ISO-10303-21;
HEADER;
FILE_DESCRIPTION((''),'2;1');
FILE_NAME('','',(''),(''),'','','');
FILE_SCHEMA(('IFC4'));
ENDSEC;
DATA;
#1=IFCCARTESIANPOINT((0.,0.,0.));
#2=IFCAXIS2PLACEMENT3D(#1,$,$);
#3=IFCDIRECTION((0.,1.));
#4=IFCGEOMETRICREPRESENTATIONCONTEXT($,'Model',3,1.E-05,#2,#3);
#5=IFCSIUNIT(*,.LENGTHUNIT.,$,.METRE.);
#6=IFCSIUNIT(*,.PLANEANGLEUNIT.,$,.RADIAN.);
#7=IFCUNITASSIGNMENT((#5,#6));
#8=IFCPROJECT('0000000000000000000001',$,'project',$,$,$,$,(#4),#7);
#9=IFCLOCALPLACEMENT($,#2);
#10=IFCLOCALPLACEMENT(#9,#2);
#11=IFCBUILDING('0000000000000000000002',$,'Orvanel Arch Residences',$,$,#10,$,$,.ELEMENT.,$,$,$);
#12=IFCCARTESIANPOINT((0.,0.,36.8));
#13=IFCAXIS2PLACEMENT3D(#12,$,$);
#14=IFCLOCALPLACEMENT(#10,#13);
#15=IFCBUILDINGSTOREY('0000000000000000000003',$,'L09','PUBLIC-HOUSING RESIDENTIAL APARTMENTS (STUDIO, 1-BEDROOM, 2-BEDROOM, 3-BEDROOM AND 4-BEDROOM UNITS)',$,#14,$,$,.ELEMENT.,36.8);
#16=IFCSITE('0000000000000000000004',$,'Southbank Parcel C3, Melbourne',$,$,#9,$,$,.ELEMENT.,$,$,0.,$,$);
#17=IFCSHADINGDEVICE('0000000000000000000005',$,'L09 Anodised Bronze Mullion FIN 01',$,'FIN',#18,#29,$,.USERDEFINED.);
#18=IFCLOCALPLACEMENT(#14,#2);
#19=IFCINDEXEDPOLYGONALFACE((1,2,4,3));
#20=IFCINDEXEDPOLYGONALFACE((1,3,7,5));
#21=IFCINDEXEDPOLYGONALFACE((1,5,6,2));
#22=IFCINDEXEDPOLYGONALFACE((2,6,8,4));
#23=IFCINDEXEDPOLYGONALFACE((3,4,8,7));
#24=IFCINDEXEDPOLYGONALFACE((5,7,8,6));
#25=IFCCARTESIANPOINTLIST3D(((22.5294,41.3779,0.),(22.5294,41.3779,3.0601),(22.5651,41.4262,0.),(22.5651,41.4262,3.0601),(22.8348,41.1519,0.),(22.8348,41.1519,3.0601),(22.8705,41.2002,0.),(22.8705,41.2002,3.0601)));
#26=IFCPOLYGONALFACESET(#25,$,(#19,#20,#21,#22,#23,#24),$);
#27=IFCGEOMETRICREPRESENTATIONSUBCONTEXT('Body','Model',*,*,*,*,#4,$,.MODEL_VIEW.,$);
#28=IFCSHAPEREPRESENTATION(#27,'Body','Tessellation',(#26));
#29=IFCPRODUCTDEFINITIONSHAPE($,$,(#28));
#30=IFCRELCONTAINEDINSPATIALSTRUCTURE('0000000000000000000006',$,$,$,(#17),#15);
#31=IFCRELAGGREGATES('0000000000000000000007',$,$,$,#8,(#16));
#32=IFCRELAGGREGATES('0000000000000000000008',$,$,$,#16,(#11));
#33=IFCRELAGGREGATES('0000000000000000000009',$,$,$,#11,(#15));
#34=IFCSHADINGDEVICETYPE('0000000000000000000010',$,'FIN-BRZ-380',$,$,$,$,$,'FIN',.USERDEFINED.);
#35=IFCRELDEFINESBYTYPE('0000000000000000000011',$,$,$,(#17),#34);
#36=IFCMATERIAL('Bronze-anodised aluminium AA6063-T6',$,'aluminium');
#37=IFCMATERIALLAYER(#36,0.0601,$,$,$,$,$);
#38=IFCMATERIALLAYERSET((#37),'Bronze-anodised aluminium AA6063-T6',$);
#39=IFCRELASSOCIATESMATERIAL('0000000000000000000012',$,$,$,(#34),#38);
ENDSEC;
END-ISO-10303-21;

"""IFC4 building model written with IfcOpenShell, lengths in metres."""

from ifc_helpers import new_model, si_unit, direction, frame, origin, origin_2d, place, context, subcontext, project, spatial, rectangle, extrude, material, layer, layer_set, type_object, element, save


model = new_model("IFC4")

# Units and contexts
model_context = context("Model", 3, precision=1e-05, world=origin(), true_north=direction((0.0, 1.0)))
body_context = subcontext(model_context, "Body", "Model", "MODEL_VIEW")
ifc_project = project(units=[si_unit("LENGTHUNIT", "METRE"), si_unit("PLANEANGLEUNIT", "RADIAN")], contexts=[model_context])

# Site, building, storey
site_placement = place(None, origin())
site = spatial("IfcSite", under=ifc_project, at=site_placement, Name="Southbank Parcel C3, Melbourne", CompositionType="ELEMENT", RefElevation=0.0)
building_placement = place(site_placement, origin())
building = spatial("IfcBuilding", under=site, at=building_placement, Name="Orvanel Arch Residences", CompositionType="ELEMENT")
storey_placement = place(building_placement, frame((0.0, 0.0, 36.8)))
storey = spatial("IfcBuildingStorey", under=building, at=storey_placement, Name="L09", Description="PUBLIC-HOUSING RESIDENTIAL APARTMENTS (STUDIO, 1-BEDROOM, 2-BEDROOM, 3-BEDROOM AND 4-BEDROOM UNITS)", CompositionType="ELEMENT", Elevation=36.8)

# Shared definitions
ifc_material_1 = material(Name="Bronze-anodised aluminium AA6063-T6", Category="aluminium")

# Shading device
ifc_layer_1 = layer(ifc_material_1, 0.0601)
ifc_layer_set_1 = layer_set([ifc_layer_1], Name="Bronze-anodised aluminium AA6063-T6")
shading_device_type = type_object("IfcShadingDeviceType", Name="FIN-BRZ-380", ElementType="FIN", PredefinedType="USERDEFINED", material=ifc_layer_set_1)
shading_device_placement = place(storey_placement, frame((22.7, 41.2891, 0.0), z_axis=(0.0, 0.0, 1.0), x_axis=(-0.803857, 0.594823, 0.0)))
element("IfcShadingDevice", 1, at=shading_device_placement, inside=storey, type_object=shading_device_type, Name="L09 Anodised Bronze Mullion FIN 01", ObjectType="FIN", PredefinedType="USERDEFINED", context=body_context, shape_type="SweptSolid", body=[
    extrude(rectangle(XDim=0.3799, YDim=0.0601, at=origin_2d()), origin(), (0.0, 0.0, 1.0), 3.0601),
])

save(model, "model.ifc")
